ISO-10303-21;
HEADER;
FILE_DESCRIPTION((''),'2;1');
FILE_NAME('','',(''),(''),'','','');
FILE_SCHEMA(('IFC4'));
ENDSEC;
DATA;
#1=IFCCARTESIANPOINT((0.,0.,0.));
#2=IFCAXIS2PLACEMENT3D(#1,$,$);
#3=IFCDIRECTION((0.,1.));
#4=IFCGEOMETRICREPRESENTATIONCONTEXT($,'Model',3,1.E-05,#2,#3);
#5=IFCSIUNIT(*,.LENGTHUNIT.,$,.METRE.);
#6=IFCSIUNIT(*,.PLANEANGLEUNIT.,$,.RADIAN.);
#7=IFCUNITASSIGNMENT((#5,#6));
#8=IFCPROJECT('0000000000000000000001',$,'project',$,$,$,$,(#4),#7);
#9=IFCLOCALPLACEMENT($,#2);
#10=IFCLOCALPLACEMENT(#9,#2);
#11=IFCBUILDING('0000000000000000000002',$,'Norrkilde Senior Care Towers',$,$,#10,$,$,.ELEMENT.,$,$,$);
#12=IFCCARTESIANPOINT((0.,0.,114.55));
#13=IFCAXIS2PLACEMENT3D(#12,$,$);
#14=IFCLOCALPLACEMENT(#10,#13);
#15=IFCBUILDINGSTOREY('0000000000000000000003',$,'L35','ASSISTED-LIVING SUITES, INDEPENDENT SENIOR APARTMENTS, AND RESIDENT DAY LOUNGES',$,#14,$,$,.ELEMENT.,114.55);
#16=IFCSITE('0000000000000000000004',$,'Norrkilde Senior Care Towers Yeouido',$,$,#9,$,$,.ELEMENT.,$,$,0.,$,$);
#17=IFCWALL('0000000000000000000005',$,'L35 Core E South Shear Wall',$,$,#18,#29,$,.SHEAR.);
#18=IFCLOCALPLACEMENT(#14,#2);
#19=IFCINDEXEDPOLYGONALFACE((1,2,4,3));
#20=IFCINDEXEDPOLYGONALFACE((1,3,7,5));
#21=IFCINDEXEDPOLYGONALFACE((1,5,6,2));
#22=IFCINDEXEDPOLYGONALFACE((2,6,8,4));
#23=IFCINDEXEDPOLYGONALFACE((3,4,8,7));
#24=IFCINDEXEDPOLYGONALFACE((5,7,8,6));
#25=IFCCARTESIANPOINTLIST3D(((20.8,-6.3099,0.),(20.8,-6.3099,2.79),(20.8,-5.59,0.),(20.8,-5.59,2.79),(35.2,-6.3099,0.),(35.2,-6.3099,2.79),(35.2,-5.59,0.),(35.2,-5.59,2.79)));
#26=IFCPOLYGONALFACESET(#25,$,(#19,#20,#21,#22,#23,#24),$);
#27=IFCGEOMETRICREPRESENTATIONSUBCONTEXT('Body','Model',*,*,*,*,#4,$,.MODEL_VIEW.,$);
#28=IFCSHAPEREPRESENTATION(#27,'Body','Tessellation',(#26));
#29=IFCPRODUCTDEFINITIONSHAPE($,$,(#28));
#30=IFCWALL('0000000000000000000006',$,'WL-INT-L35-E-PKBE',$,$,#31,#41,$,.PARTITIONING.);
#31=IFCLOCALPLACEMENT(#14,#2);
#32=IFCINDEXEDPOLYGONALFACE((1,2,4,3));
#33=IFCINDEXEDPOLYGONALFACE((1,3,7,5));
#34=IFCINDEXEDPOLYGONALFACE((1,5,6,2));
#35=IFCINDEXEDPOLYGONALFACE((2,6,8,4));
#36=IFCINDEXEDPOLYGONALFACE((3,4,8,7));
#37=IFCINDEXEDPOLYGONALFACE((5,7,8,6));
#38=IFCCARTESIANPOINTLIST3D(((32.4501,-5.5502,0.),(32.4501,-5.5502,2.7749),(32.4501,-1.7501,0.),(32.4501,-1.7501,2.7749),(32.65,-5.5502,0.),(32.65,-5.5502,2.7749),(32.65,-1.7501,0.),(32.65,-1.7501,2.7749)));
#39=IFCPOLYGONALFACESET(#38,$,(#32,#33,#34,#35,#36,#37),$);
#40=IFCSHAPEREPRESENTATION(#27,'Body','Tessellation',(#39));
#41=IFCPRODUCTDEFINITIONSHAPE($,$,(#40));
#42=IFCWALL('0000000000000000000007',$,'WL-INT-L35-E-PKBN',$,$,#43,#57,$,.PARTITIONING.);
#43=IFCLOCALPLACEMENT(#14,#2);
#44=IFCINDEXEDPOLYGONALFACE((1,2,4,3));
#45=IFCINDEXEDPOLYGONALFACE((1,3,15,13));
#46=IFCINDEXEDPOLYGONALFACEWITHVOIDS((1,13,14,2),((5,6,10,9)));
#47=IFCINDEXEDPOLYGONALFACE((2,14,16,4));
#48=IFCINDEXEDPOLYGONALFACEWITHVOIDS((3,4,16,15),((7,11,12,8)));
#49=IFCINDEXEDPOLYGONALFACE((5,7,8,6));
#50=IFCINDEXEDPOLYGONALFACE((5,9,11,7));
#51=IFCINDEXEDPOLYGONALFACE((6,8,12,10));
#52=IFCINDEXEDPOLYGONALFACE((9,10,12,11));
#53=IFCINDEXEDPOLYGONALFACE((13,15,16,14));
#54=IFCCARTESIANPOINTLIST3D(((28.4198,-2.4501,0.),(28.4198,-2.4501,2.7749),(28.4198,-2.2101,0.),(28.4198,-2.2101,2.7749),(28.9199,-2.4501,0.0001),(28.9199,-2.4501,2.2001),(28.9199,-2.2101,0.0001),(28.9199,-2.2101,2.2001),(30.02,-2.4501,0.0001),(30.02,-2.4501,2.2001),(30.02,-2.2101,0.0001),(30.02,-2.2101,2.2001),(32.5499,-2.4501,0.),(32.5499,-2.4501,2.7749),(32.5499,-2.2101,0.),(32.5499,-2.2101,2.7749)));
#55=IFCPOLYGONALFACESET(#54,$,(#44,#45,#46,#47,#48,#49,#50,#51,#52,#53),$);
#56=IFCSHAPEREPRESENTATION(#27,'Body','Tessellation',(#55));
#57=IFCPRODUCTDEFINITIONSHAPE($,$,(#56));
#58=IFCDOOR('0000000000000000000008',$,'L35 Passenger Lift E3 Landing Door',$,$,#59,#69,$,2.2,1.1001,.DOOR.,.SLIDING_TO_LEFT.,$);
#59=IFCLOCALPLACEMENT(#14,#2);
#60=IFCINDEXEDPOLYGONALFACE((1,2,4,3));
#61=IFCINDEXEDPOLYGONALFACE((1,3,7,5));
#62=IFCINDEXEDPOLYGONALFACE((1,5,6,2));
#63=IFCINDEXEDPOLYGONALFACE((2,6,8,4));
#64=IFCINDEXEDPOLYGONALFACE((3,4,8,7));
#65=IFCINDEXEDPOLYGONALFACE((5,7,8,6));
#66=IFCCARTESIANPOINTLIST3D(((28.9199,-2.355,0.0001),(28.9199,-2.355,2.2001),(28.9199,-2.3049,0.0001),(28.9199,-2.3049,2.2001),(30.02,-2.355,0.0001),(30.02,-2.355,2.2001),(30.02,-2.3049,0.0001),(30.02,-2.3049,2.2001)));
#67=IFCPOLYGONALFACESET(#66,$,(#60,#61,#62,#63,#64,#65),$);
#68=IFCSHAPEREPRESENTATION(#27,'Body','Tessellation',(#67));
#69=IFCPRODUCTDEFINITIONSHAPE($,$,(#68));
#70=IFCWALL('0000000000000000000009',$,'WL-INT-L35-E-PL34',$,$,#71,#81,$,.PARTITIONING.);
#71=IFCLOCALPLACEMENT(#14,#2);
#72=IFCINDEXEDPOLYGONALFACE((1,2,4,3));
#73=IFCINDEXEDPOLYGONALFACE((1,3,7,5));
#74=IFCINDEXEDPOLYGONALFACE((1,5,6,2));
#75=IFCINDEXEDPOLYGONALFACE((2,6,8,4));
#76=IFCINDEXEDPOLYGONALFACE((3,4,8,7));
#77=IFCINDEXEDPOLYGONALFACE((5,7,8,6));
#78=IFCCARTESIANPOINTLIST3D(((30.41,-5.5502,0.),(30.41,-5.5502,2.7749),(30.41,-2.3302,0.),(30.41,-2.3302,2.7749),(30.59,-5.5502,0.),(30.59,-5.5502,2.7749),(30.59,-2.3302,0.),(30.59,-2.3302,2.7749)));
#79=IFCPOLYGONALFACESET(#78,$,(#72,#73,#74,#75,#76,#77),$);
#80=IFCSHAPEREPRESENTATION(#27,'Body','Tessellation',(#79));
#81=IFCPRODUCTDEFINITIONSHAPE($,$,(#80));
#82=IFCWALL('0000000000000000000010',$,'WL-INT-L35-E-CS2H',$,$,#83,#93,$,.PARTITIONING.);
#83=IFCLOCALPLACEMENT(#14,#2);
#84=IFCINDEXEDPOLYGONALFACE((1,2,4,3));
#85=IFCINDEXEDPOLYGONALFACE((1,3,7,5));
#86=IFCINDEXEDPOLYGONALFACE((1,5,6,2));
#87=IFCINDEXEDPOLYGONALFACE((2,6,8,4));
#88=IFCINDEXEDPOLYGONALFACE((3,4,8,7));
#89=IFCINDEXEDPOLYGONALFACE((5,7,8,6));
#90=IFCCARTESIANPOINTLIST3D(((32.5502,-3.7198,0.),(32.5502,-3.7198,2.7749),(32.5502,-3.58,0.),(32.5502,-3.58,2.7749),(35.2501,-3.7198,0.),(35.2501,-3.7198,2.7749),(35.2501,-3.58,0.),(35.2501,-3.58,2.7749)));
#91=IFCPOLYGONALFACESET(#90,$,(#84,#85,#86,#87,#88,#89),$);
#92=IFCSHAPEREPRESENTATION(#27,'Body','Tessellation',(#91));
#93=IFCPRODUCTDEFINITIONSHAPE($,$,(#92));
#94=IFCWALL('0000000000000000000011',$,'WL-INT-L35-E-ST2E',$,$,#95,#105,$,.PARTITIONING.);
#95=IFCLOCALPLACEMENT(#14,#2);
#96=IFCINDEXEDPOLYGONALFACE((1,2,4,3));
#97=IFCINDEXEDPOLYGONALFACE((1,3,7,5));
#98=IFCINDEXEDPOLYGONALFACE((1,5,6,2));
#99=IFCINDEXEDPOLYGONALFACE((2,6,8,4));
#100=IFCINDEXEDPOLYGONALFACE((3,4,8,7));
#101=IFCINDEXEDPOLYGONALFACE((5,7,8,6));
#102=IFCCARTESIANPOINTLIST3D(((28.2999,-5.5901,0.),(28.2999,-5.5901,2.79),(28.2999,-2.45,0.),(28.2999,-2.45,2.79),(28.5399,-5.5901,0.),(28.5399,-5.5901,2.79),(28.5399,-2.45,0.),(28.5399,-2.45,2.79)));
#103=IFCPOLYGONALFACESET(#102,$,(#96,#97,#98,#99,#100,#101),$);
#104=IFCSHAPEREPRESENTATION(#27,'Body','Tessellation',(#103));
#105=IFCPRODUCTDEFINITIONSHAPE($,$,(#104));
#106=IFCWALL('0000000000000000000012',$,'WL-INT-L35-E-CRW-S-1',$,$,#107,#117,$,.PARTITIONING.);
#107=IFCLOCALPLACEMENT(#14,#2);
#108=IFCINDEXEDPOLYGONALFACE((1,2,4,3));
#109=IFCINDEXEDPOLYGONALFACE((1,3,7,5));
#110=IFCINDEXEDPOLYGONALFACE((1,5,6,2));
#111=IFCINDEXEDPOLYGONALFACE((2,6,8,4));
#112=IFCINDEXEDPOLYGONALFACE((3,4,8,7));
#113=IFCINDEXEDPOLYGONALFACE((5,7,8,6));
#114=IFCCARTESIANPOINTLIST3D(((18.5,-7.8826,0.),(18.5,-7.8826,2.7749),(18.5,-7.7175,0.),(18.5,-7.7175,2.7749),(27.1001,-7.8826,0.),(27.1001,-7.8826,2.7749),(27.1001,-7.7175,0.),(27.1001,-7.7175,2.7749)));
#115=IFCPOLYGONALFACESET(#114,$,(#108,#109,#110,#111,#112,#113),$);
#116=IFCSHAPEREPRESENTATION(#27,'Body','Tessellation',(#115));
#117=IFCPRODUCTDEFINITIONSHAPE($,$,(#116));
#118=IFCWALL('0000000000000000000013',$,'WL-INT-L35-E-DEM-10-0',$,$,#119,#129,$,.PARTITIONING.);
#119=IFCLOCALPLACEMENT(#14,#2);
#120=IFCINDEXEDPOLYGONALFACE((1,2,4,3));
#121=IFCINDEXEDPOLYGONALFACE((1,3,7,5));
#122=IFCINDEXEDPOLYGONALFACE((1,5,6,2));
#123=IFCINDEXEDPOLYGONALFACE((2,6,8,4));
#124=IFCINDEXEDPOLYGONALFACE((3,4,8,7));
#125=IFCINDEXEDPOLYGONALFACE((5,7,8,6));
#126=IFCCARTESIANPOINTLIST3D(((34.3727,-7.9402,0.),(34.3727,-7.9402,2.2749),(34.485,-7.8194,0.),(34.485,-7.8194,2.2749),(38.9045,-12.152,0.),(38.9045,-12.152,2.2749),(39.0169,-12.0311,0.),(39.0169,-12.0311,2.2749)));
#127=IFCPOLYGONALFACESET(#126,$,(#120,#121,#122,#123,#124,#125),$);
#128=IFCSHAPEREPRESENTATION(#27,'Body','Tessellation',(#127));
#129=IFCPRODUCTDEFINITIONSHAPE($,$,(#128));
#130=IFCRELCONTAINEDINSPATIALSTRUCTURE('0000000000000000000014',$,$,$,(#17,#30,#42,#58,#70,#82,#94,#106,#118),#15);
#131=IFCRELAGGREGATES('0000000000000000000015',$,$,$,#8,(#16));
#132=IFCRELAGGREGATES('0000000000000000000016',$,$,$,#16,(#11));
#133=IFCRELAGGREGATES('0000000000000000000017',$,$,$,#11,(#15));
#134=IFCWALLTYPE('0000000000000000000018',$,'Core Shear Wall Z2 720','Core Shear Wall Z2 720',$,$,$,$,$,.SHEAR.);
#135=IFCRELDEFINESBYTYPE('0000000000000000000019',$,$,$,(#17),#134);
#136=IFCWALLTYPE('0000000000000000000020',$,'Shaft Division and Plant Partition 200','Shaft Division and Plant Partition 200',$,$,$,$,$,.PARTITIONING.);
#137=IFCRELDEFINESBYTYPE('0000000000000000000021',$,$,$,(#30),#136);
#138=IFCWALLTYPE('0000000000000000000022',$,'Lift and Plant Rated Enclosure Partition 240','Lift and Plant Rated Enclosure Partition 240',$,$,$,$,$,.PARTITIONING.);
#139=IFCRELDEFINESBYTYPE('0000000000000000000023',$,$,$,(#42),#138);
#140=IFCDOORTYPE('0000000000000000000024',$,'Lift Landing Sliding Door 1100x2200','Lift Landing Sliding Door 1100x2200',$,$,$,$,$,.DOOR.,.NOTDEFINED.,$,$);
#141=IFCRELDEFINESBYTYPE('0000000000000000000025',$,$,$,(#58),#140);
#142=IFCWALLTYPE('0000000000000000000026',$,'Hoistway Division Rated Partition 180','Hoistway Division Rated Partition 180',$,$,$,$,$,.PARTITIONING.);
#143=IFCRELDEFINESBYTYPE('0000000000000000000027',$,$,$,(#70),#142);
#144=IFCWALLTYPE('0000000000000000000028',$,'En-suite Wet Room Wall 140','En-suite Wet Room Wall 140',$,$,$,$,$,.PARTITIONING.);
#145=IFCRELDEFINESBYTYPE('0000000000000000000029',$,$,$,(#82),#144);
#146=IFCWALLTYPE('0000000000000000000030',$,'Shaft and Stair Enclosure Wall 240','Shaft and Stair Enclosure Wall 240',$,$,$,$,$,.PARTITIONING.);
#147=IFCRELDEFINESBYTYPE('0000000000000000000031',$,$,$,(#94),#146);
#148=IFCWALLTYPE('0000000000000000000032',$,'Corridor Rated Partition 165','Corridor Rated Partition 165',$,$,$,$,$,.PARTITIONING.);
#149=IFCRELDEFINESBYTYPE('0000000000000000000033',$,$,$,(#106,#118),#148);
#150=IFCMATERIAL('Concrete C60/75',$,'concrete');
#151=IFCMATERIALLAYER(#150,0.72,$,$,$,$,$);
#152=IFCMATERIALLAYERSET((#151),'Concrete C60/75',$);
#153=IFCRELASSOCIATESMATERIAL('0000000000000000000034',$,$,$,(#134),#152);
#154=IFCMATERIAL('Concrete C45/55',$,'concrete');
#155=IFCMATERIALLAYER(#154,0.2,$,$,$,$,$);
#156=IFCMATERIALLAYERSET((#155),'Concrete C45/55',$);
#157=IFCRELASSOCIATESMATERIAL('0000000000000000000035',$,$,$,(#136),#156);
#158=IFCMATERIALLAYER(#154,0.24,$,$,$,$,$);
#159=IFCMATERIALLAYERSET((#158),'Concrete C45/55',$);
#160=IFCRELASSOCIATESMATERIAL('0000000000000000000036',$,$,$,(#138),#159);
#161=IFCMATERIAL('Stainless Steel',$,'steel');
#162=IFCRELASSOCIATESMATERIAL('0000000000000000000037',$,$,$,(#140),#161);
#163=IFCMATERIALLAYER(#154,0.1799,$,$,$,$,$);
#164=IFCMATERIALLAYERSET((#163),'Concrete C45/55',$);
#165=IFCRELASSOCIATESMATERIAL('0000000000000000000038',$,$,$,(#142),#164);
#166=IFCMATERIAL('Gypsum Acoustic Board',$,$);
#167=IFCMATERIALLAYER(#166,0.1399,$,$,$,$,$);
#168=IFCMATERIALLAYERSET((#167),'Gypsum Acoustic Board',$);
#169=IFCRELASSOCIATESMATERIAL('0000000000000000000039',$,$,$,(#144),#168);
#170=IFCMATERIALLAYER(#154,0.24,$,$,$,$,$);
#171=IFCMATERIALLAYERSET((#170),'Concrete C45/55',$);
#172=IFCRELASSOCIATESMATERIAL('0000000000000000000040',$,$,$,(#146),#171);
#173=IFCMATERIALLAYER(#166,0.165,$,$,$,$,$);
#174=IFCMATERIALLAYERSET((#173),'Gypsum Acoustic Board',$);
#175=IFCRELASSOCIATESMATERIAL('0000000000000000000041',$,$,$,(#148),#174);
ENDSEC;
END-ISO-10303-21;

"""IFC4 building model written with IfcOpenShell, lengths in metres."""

from ifc_helpers import new_model, si_unit, direction, frame, frame_2d, origin, place, context, subcontext, project, spatial, rectangle, extrude, source, transform, mapped, material, layer, layer_set, type_object, type_shapes, element, fill, save


model = new_model("IFC4")

# Units and contexts
model_context = context("Model", 3, precision=1e-05, world=origin(), true_north=direction((0.0, 1.0)))
body_context = subcontext(model_context, "Body", "Model", "MODEL_VIEW")
ifc_project = project(units=[si_unit("LENGTHUNIT", "METRE"), si_unit("PLANEANGLEUNIT", "RADIAN")], contexts=[model_context])

# Site, building, storey
site_placement = place(None, origin())
site = spatial("IfcSite", under=ifc_project, at=site_placement, Name="Norrkilde Senior Care Towers Yeouido", CompositionType="ELEMENT", RefElevation=0.0)
building_placement = place(site_placement, origin())
building = spatial("IfcBuilding", under=site, at=building_placement, Name="Norrkilde Senior Care Towers", CompositionType="ELEMENT")
storey_placement = place(building_placement, frame((0.0, 0.0, 114.55)))
storey = spatial("IfcBuildingStorey", under=building, at=storey_placement, Name="L35", Description="ASSISTED-LIVING SUITES, INDEPENDENT SENIOR APARTMENTS, AND RESIDENT DAY LOUNGES", CompositionType="ELEMENT", Elevation=114.55)

# Shared definitions
ifc_material_1 = material(Name="Concrete C60/75", Category="concrete")

# Walls
ifc_layer_1 = layer(ifc_material_1, 0.72)
ifc_layer_set_1 = layer_set([ifc_layer_1], Name="Concrete C60/75")
wall_type_1 = type_object("IfcWallType", Name="Core Shear Wall Z2 720", Description="Core Shear Wall Z2 720", PredefinedType="SHEAR", material=ifc_layer_set_1)
shared_shape_1 = source(origin(), body_context, "Body", "SweptSolid", [
    extrude(rectangle(XDim=14.3999, YDim=0.72, at=frame_2d((7.2, 0.0))), origin(), (0.0, 0.0, 1.0), 2.79),
])
type_shapes(wall_type_1, [shared_shape_1])
wall_1_placement = place(storey_placement, frame((35.2, -5.95, 0.0), z_axis=(0.0, 0.0, 1.0), x_axis=(-1.0, 0.0, 0.0)))
element("IfcWall", 1, at=wall_1_placement, inside=storey, type_object=wall_type_1, Name="L35 Core E South Shear Wall", PredefinedType="SHEAR", context=body_context, shape_type="MappedRepresentation", body=[
    mapped(shared_shape_1, transform((0.0, 0.0, 0.0), x_axis=(1.0, 0.0, 0.0), y_axis=(0.0, 1.0, 0.0), z_axis=(0.0, 0.0, 1.0), scale=1.0)),
])
ifc_material_2 = material(Name="Concrete C45/55", Category="concrete")
ifc_layer_2 = layer(ifc_material_2, 0.2)
ifc_layer_set_2 = layer_set([ifc_layer_2], Name="Concrete C45/55")
wall_type_2 = type_object("IfcWallType", Name="Shaft Division and Plant Partition 200", Description="Shaft Division and Plant Partition 200", PredefinedType="PARTITIONING", material=ifc_layer_set_2)
shared_shape_2 = source(origin(), body_context, "Body", "SweptSolid", [
    extrude(rectangle(XDim=3.8, YDim=0.2, at=frame_2d((1.8999, 0.0))), origin(), (0.0, 0.0, 1.0), 2.7749),
])
type_shapes(wall_type_2, [shared_shape_2])
wall_2_placement = place(storey_placement, frame((32.55, -5.55, 0.0), z_axis=(0.0, 0.0, 1.0), x_axis=(0.0, 1.0, 0.0)))
element("IfcWall", 2, at=wall_2_placement, inside=storey, type_object=wall_type_2, Name="WL-INT-L35-E-PKBE", PredefinedType="PARTITIONING", context=body_context, shape_type="MappedRepresentation", body=[
    mapped(shared_shape_2, transform((0.0, 0.0, 0.0), x_axis=(1.0, 0.0, 0.0), y_axis=(0.0, 1.0, 0.0), z_axis=(0.0, 0.0, 1.0), scale=1.0)),
])

# Wall, opening, door
ifc_layer_3 = layer(ifc_material_2, 0.24)
ifc_layer_set_3 = layer_set([ifc_layer_3], Name="Concrete C45/55")
wall_type_3 = type_object("IfcWallType", Name="Lift and Plant Rated Enclosure Partition 240", Description="Lift and Plant Rated Enclosure Partition 240", PredefinedType="PARTITIONING", material=ifc_layer_set_3)
shared_shape_3 = source(origin(), body_context, "Body", "SweptSolid", [
    extrude(rectangle(XDim=4.1301, YDim=0.24, at=frame_2d((2.0649, 0.0))), origin(), (0.0, 0.0, 1.0), 2.7749),
])
type_shapes(wall_type_3, [shared_shape_3])
wall_3_placement = place(storey_placement, frame((28.4199, -2.3301, 0.0), z_axis=(0.0, 0.0, 1.0), x_axis=(1.0, 0.0, 0.0)))
wall_3 = element("IfcWall", 3, at=wall_3_placement, inside=storey, type_object=wall_type_3, Name="WL-INT-L35-E-PKBN", PredefinedType="PARTITIONING", context=body_context, shape_type="MappedRepresentation", body=[
    mapped(shared_shape_3, transform((0.0, 0.0, 0.0), x_axis=(1.0, 0.0, 0.0), y_axis=(0.0, 1.0, 0.0), z_axis=(0.0, 0.0, 1.0), scale=1.0)),
])
opening_1_placement = place(wall_3_placement, frame((0.5, 0.0, 0.0)))
opening_1 = element("IfcOpeningElement", 4, at=opening_1_placement, cuts=wall_3, PredefinedType="OPENING", context=body_context, shape_type="SweptSolid", body=[
    extrude(rectangle(XDim=1.1001, YDim=2.2, at=frame_2d((0.55, 1.1001))), frame((0.0, 0.1299, 0.0), z_axis=(0.0, -1.0, 0.0), x_axis=(1.0, 0.0, 0.0)), (0.0, 0.0, 1.0), 0.26),
])
ifc_material_3 = material(Name="Stainless Steel", Category="steel")
door_type_1 = type_object("IfcDoorType", Name="Lift Landing Sliding Door 1100x2200", Description="Lift Landing Sliding Door 1100x2200", OperationType="NOTDEFINED", PredefinedType="DOOR", material=ifc_material_3)
shared_shape_4 = source(origin(), body_context, "Body", "SweptSolid", [
    extrude(rectangle(XDim=1.1001, YDim=2.2, at=frame_2d((0.55, 1.1001))), frame((0.0, 0.0249, 0.0), z_axis=(0.0, -1.0, 0.0), x_axis=(1.0, 0.0, 0.0)), (0.0, 0.0, 1.0), 0.05),
])
type_shapes(door_type_1, [shared_shape_4])
door_1_placement = place(opening_1_placement, frame((1.1001, 0.0, 0.0), z_axis=(0.0, 0.0, 1.0), x_axis=(-1.0, 0.0, 0.0)))
door_1 = element("IfcDoor", 5, at=door_1_placement, inside=storey, type_object=door_type_1, Name="L35 Passenger Lift E3 Landing Door", OperationType="SLIDING_TO_LEFT", OverallHeight=2.2, OverallWidth=1.1001, PredefinedType="DOOR", context=body_context, shape_type="MappedRepresentation", body=[
    mapped(shared_shape_4, transform((0.0, 0.0, 0.0), x_axis=(1.0, 0.0, 0.0), y_axis=(0.0, 1.0, 0.0), z_axis=(0.0, 0.0, 1.0), scale=1.0)),
])
fill(opening_1, door_1)

# Walls
ifc_layer_4 = layer(ifc_material_2, 0.1799)
ifc_layer_set_4 = layer_set([ifc_layer_4], Name="Concrete C45/55")
wall_type_4 = type_object("IfcWallType", Name="Hoistway Division Rated Partition 180", Description="Hoistway Division Rated Partition 180", PredefinedType="PARTITIONING", material=ifc_layer_set_4)
shared_shape_5 = source(origin(), body_context, "Body", "SweptSolid", [
    extrude(rectangle(XDim=3.22, YDim=0.1799, at=frame_2d((1.6099, 0.0))), origin(), (0.0, 0.0, 1.0), 2.7749),
])
type_shapes(wall_type_4, [shared_shape_5])
wall_4_placement = place(storey_placement, frame((30.5, -5.55, 0.0), z_axis=(0.0, 0.0, 1.0), x_axis=(0.0, 1.0, 0.0)))
element("IfcWall", 6, at=wall_4_placement, inside=storey, type_object=wall_type_4, Name="WL-INT-L35-E-PL34", PredefinedType="PARTITIONING", context=body_context, shape_type="MappedRepresentation", body=[
    mapped(shared_shape_5, transform((0.0, 0.0, 0.0), x_axis=(1.0, 0.0, 0.0), y_axis=(0.0, 1.0, 0.0), z_axis=(0.0, 0.0, 1.0), scale=1.0)),
])
ifc_material_4 = material(Name="Gypsum Acoustic Board")
ifc_layer_5 = layer(ifc_material_4, 0.1399)
ifc_layer_set_5 = layer_set([ifc_layer_5], Name="Gypsum Acoustic Board")
wall_type_5 = type_object("IfcWallType", Name="En-suite Wet Room Wall 140", Description="En-suite Wet Room Wall 140", PredefinedType="PARTITIONING", material=ifc_layer_set_5)
shared_shape_6 = source(origin(), body_context, "Body", "SweptSolid", [
    extrude(rectangle(XDim=2.7, YDim=0.1399, at=frame_2d((1.3501, 0.0))), origin(), (0.0, 0.0, 1.0), 2.7749),
])
type_shapes(wall_type_5, [shared_shape_6])
wall_5_placement = place(storey_placement, frame((32.55, -3.6499, 0.0), z_axis=(0.0, 0.0, 1.0), x_axis=(1.0, 0.0, 0.0)))
element("IfcWall", 7, at=wall_5_placement, inside=storey, type_object=wall_type_5, Name="WL-INT-L35-E-CS2H", PredefinedType="PARTITIONING", context=body_context, shape_type="MappedRepresentation", body=[
    mapped(shared_shape_6, transform((0.0, 0.0, 0.0), x_axis=(1.0, 0.0, 0.0), y_axis=(0.0, 1.0, 0.0), z_axis=(0.0, 0.0, 1.0), scale=1.0)),
])
ifc_layer_6 = layer(ifc_material_2, 0.24)
ifc_layer_set_6 = layer_set([ifc_layer_6], Name="Concrete C45/55")
wall_type_6 = type_object("IfcWallType", Name="Shaft and Stair Enclosure Wall 240", Description="Shaft and Stair Enclosure Wall 240", PredefinedType="PARTITIONING", material=ifc_layer_set_6)
shared_shape_7 = source(origin(), body_context, "Body", "SweptSolid", [
    extrude(rectangle(XDim=3.1401, YDim=0.24, at=frame_2d((1.5701, 0.0))), origin(), (0.0, 0.0, 1.0), 2.79),
])
type_shapes(wall_type_6, [shared_shape_7])
wall_6_placement = place(storey_placement, frame((28.4199, -5.5901, 0.0), z_axis=(0.0, 0.0, 1.0), x_axis=(0.0, 1.0, 0.0)))
element("IfcWall", 8, at=wall_6_placement, inside=storey, type_object=wall_type_6, Name="WL-INT-L35-E-ST2E", PredefinedType="PARTITIONING", context=body_context, shape_type="MappedRepresentation", body=[
    mapped(shared_shape_7, transform((0.0, 0.0, 0.0), x_axis=(1.0, 0.0, 0.0), y_axis=(0.0, 1.0, 0.0), z_axis=(0.0, 0.0, 1.0), scale=1.0)),
])
ifc_layer_7 = layer(ifc_material_4, 0.165)
ifc_layer_set_7 = layer_set([ifc_layer_7], Name="Gypsum Acoustic Board")
wall_type_7 = type_object("IfcWallType", Name="Corridor Rated Partition 165", Description="Corridor Rated Partition 165", PredefinedType="PARTITIONING", material=ifc_layer_set_7)
shared_shape_8 = source(origin(), body_context, "Body", "SweptSolid", [
    extrude(rectangle(XDim=8.6001, YDim=0.165, at=frame_2d((4.3, 0.0))), origin(), (0.0, 0.0, 1.0), 2.7749),
])
wall_7_placement = place(storey_placement, frame((27.1001, -7.8, 0.0), z_axis=(0.0, 0.0, 1.0), x_axis=(-1.0, 0.0, 0.0)))
element("IfcWall", 9, at=wall_7_placement, inside=storey, type_object=wall_type_7, Name="WL-INT-L35-E-CRW-S-1", PredefinedType="PARTITIONING", context=body_context, shape_type="MappedRepresentation", body=[
    mapped(shared_shape_8, transform((0.0, 0.0, 0.0), x_axis=(1.0, 0.0, 0.0), y_axis=(0.0, 1.0, 0.0), z_axis=(0.0, 0.0, 1.0), scale=1.0)),
])
shared_shape_9 = source(origin(), body_context, "Body", "SweptSolid", [
    extrude(rectangle(XDim=6.1868, YDim=0.165, at=frame_2d((3.0933, 0.0))), origin(), (0.0, 0.0, 1.0), 2.2749),
])
wall_8_placement = place(storey_placement, frame((34.429, -7.8799, 0.0), z_axis=(0.0, 0.0, 1.0), x_axis=(0.732501, -0.680766, 0.0)))
element("IfcWall", 10, at=wall_8_placement, inside=storey, type_object=wall_type_7, Name="WL-INT-L35-E-DEM-10-0", PredefinedType="PARTITIONING", context=body_context, shape_type="MappedRepresentation", body=[
    mapped(shared_shape_9, transform((0.0, 0.0, 0.0), x_axis=(1.0, 0.0, 0.0), y_axis=(0.0, 1.0, 0.0), z_axis=(0.0, 0.0, 1.0), scale=1.0)),
])

save(model, "model.ifc")
